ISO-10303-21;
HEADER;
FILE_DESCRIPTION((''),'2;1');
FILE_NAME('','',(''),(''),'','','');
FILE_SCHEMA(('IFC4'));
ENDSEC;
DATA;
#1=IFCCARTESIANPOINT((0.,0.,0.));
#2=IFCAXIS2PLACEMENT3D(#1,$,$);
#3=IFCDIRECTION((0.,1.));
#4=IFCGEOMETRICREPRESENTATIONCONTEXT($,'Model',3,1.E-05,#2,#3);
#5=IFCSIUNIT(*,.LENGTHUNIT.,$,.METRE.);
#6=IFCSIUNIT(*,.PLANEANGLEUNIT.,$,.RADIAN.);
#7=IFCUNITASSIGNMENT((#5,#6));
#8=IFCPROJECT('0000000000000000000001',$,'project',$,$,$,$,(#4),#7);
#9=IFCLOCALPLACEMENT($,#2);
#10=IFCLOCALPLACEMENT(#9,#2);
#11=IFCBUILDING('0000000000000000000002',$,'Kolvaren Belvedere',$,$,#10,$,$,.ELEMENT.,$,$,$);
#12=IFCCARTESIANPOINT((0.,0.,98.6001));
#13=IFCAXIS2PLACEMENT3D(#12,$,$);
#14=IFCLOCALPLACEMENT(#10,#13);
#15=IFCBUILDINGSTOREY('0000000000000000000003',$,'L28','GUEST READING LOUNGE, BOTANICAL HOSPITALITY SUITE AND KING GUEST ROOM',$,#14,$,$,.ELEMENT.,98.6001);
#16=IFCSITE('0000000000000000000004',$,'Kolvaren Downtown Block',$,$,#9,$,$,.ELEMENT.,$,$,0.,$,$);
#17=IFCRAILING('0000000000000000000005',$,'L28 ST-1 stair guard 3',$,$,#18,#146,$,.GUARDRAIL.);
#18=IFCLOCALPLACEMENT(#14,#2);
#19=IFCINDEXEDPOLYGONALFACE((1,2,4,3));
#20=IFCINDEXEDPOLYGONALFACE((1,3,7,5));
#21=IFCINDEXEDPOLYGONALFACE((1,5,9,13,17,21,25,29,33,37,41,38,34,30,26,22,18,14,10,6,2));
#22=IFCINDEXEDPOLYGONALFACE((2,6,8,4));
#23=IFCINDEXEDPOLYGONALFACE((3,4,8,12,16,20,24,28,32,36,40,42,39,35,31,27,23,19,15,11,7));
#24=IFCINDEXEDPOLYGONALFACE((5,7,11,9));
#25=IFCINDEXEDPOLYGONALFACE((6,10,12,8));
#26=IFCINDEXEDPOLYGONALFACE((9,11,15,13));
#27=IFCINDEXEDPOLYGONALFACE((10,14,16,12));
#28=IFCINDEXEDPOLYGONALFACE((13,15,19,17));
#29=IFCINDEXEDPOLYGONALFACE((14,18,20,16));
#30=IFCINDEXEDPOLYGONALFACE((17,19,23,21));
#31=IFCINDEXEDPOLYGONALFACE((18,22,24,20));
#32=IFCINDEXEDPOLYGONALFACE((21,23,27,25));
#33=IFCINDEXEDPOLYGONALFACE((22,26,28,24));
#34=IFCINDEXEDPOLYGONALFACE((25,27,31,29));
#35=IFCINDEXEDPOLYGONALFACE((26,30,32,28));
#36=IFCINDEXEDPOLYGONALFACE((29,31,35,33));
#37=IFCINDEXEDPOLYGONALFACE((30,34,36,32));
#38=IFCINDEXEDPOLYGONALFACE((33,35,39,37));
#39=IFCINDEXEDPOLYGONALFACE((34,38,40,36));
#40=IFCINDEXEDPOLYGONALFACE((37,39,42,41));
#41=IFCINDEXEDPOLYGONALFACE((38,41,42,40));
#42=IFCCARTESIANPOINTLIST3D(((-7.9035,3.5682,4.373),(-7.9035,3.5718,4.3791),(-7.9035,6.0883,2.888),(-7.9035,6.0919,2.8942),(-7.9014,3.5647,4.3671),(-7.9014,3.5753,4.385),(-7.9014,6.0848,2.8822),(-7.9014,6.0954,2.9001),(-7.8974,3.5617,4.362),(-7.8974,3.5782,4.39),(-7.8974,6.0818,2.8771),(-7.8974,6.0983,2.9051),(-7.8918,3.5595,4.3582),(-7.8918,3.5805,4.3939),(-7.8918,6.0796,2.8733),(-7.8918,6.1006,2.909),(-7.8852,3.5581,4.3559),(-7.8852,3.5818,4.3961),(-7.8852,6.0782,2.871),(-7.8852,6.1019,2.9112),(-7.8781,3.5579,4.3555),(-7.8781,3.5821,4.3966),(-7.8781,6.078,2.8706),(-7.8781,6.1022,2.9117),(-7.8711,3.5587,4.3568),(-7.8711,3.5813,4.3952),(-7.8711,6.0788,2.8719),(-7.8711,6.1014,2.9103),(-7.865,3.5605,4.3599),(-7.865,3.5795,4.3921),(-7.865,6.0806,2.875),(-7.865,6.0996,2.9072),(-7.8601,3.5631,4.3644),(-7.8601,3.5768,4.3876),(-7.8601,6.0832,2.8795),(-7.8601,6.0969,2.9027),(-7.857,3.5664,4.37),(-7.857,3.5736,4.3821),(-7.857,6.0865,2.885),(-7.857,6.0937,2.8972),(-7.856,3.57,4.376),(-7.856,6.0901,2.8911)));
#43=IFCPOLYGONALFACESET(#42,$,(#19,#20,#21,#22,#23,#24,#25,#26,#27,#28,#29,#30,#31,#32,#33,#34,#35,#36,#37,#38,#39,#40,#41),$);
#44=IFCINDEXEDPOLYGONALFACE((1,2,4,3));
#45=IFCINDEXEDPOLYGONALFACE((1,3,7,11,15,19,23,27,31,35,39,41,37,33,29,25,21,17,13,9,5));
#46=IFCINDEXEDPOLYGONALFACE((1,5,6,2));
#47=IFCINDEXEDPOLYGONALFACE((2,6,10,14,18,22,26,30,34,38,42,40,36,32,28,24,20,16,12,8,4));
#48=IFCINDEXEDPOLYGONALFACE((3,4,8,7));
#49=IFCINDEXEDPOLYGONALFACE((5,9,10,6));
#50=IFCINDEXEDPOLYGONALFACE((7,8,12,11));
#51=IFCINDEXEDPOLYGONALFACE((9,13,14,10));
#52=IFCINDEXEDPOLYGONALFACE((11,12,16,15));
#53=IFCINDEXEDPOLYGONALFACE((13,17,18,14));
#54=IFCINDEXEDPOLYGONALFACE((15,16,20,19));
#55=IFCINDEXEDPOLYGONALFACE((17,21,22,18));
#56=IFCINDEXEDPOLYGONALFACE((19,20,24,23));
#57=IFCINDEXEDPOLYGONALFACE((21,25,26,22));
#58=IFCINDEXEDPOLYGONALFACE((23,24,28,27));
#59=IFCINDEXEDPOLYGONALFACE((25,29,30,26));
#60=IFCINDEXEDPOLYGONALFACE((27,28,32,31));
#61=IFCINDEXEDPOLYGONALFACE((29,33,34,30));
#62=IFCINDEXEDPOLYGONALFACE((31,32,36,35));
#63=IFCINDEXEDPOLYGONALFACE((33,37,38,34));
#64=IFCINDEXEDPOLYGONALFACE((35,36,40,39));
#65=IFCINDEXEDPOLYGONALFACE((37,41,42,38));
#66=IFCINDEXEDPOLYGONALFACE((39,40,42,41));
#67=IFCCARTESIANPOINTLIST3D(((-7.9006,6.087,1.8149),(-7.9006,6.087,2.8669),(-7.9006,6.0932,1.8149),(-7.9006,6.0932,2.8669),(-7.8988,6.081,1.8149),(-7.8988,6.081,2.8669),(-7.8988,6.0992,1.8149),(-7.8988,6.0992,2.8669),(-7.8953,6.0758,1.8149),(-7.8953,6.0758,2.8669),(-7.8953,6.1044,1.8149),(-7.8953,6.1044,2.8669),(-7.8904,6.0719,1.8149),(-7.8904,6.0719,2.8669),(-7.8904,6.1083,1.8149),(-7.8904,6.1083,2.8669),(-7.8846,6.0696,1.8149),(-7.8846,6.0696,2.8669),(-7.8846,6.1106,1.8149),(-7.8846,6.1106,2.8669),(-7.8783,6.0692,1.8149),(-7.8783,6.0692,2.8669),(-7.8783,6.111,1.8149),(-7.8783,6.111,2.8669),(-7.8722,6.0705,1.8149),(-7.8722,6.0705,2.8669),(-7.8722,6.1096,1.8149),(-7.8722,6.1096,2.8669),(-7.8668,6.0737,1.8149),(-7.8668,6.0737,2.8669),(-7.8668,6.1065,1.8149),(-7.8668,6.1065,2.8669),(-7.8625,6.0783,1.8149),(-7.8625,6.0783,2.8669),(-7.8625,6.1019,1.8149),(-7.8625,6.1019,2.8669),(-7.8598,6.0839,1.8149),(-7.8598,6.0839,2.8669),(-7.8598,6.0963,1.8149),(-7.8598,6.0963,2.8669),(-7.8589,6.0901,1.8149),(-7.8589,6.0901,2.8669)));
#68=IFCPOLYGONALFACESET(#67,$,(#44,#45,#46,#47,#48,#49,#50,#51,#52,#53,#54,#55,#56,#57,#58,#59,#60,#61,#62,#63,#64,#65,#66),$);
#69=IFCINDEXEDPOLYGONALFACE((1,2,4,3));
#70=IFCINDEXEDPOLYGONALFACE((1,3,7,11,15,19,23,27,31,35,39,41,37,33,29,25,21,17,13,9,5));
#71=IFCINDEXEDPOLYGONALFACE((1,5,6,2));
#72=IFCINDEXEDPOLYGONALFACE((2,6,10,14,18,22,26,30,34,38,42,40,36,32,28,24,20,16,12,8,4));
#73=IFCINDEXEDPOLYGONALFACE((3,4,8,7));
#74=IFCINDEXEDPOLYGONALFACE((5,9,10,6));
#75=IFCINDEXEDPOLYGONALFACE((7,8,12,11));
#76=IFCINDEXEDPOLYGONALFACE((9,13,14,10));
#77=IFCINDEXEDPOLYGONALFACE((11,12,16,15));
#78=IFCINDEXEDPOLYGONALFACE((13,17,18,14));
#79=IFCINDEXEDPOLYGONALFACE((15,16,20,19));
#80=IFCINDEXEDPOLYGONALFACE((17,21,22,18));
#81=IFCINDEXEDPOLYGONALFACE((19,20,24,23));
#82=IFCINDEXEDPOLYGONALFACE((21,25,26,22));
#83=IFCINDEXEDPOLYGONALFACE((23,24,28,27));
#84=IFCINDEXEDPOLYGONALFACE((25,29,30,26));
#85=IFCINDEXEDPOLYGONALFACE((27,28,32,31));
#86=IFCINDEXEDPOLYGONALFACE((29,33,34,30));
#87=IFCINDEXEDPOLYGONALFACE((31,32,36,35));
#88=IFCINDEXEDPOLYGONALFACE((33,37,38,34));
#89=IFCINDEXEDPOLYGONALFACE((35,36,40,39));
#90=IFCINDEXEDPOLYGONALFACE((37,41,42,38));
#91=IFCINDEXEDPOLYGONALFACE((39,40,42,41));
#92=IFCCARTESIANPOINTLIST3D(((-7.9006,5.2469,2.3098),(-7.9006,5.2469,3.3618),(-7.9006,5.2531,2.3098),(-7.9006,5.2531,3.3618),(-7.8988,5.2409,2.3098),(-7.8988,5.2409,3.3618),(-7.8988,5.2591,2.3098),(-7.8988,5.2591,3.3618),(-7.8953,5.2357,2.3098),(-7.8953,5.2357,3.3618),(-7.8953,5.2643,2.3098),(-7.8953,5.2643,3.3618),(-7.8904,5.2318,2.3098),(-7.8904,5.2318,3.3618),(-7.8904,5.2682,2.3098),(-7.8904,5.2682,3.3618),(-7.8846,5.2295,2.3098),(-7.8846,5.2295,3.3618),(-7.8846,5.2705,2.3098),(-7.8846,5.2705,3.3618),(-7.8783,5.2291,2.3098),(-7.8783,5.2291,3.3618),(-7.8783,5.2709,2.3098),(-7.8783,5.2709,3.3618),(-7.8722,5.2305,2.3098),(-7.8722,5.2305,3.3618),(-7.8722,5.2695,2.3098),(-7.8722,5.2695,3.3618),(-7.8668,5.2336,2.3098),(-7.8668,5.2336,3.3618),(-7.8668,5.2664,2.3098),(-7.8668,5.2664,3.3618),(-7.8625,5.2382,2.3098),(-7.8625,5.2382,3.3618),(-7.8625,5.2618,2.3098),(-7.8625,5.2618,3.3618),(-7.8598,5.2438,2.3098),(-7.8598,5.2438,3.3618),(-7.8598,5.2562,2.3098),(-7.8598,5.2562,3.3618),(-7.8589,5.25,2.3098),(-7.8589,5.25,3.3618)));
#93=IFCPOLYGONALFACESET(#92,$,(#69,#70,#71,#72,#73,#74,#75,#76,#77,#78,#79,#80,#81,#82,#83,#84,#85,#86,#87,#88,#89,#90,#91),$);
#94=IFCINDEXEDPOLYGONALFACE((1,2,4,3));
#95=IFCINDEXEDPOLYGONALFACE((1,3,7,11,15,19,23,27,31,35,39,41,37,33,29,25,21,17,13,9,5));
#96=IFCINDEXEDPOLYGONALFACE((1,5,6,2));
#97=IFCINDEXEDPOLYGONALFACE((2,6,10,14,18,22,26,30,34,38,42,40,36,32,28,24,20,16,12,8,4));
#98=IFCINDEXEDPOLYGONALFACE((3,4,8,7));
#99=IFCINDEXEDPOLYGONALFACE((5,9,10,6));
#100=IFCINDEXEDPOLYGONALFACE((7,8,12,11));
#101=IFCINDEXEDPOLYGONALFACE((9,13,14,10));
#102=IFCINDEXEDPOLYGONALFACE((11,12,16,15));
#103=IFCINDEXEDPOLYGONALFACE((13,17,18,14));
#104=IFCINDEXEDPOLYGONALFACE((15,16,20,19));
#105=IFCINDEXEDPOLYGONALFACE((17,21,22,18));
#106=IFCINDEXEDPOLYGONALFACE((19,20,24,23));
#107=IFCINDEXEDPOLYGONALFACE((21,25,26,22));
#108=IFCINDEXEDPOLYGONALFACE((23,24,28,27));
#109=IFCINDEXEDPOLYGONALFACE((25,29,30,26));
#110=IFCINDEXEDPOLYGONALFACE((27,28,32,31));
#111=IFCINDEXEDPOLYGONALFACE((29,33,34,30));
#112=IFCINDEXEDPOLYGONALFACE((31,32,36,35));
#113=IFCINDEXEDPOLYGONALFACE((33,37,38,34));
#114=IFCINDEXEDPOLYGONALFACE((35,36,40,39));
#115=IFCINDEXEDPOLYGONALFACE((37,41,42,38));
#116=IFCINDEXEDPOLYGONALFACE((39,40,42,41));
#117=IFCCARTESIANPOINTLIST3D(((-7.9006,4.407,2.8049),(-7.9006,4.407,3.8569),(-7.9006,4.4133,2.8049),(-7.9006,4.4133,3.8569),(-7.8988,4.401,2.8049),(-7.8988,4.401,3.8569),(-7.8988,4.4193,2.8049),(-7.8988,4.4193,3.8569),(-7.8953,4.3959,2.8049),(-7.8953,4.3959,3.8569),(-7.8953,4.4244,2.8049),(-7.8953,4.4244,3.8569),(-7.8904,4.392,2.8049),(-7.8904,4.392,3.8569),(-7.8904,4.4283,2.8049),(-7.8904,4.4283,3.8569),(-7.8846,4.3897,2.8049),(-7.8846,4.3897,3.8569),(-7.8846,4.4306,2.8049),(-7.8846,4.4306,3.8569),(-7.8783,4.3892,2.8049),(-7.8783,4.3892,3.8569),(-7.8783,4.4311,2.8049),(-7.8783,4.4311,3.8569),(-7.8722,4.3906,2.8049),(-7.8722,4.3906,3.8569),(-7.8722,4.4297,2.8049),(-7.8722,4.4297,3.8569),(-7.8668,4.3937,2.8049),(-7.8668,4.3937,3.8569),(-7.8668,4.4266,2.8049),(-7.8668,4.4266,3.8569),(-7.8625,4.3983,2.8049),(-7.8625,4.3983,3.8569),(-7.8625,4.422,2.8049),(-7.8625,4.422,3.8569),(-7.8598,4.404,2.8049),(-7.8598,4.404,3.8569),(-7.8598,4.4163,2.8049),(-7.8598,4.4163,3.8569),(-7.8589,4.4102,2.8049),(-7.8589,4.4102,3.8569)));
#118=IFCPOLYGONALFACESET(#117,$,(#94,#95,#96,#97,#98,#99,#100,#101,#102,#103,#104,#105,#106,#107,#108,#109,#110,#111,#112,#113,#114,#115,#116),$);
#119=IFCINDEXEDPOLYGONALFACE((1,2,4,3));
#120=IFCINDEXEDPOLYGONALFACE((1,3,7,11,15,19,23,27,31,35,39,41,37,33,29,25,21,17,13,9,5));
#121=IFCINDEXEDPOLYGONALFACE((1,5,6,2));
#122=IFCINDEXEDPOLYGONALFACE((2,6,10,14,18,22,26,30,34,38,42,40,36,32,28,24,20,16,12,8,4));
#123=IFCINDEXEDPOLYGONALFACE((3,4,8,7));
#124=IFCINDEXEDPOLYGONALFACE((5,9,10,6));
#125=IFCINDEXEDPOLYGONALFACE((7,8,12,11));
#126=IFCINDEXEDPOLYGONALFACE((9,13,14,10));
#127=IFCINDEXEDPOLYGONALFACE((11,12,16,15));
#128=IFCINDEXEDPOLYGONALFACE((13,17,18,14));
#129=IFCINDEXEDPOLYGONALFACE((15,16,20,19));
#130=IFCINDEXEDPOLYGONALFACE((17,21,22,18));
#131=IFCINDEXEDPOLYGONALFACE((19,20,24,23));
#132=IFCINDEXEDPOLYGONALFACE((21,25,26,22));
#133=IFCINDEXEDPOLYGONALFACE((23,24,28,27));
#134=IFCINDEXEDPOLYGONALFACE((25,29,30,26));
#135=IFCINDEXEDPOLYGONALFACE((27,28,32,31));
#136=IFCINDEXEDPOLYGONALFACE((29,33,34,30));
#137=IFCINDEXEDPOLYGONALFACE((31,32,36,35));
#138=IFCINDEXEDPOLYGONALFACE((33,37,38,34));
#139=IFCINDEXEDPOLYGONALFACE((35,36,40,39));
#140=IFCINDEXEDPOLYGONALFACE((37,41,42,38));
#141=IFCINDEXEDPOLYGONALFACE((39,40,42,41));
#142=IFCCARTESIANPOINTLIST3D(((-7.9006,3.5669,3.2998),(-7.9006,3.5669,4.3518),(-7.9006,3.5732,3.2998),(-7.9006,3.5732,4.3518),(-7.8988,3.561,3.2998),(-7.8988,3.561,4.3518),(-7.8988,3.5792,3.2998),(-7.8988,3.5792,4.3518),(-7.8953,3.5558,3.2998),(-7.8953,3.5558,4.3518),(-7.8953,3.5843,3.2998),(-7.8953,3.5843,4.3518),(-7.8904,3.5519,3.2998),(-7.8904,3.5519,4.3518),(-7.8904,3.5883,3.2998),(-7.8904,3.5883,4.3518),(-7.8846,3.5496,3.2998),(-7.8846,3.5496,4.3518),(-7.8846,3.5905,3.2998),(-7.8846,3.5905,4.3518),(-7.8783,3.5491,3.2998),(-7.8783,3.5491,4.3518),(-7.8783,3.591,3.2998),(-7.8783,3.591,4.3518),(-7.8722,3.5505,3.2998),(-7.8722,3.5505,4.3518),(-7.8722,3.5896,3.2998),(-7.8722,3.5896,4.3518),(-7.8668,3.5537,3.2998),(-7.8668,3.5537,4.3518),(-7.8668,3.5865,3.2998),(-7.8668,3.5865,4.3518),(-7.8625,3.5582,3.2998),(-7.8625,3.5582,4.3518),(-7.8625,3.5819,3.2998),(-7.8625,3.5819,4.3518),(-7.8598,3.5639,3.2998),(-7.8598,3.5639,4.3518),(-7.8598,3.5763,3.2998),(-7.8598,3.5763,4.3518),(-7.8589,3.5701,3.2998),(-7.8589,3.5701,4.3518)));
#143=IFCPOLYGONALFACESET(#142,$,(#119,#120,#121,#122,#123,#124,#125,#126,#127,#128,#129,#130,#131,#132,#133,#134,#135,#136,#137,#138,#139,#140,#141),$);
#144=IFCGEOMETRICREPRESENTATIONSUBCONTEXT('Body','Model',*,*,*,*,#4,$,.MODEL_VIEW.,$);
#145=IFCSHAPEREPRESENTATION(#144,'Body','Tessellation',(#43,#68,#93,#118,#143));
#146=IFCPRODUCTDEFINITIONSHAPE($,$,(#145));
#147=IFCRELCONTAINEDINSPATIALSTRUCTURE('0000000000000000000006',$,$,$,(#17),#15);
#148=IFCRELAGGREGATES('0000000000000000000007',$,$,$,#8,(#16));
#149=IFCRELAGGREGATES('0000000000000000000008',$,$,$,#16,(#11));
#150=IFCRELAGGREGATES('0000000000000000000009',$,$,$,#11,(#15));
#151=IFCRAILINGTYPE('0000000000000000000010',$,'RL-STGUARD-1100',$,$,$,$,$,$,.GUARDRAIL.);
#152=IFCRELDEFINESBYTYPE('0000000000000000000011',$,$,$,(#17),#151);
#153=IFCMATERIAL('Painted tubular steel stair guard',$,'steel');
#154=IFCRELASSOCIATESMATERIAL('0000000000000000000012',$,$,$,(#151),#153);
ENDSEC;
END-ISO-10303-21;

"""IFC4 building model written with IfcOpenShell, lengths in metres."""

from ifc_helpers import new_model, si_unit, direction, frame, origin, origin_2d, place, context, subcontext, project, spatial, circle, extrude, material, type_object, element, save


model = new_model("IFC4")

# Units and contexts
model_context = context("Model", 3, precision=1e-05, world=origin(), true_north=direction((0.0, 1.0)))
body_context = subcontext(model_context, "Body", "Model", "MODEL_VIEW")
ifc_project = project(units=[si_unit("LENGTHUNIT", "METRE"), si_unit("PLANEANGLEUNIT", "RADIAN")], contexts=[model_context])

# Site, building, storey
site_placement = place(None, origin())
site = spatial("IfcSite", under=ifc_project, at=site_placement, Name="Kolvaren Downtown Block", CompositionType="ELEMENT", RefElevation=0.0)
building_placement = place(site_placement, origin())
building = spatial("IfcBuilding", under=site, at=building_placement, Name="Kolvaren Belvedere", CompositionType="ELEMENT")
storey_placement = place(building_placement, frame((0.0, 0.0, 98.6001)))
storey = spatial("IfcBuildingStorey", under=building, at=storey_placement, Name="L28", Description="GUEST READING LOUNGE, BOTANICAL HOSPITALITY SUITE AND KING GUEST ROOM", CompositionType="ELEMENT", Elevation=98.6001)

# Railing
ifc_material_1 = material(Name="Painted tubular steel stair guard", Category="steel")
railing_type_1 = type_object("IfcRailingType", Name="RL-STGUARD-1100", PredefinedType="GUARDRAIL", material=ifc_material_1)
railing_1_placement = place(storey_placement, frame((-7.8799, 6.0901, 1.8149)))
element("IfcRailing", 1, at=railing_1_placement, inside=storey, type_object=railing_type_1, Name="L28 ST-1 stair guard 3", PredefinedType="GUARDRAIL", context=body_context, shape_type="SweptSolid", body=[
    extrude(circle(Radius=0.0239, at=origin_2d()), frame((0.0, 0.0, 1.0762), z_axis=(0.0, -0.861561, 0.507655), x_axis=(1.0, 0.0, 0.0)), (0.0, 0.0, 1.0), 2.925),
    extrude(circle(Radius=0.021, at=origin_2d()), origin(), (0.0, 0.0, 1.0), 1.052),
    extrude(circle(Radius=0.021, at=origin_2d()), frame((0.0, -0.8401, 0.4949)), (0.0, 0.0, 1.0), 1.052),
    extrude(circle(Radius=0.021, at=origin_2d()), frame((0.0, -1.6799, 0.99)), (0.0, 0.0, 1.0), 1.052),
    extrude(circle(Radius=0.021, at=origin_2d()), frame((0.0, -2.52, 1.4849)), (0.0, 0.0, 1.0), 1.052),
])

save(model, "model.ifc")
